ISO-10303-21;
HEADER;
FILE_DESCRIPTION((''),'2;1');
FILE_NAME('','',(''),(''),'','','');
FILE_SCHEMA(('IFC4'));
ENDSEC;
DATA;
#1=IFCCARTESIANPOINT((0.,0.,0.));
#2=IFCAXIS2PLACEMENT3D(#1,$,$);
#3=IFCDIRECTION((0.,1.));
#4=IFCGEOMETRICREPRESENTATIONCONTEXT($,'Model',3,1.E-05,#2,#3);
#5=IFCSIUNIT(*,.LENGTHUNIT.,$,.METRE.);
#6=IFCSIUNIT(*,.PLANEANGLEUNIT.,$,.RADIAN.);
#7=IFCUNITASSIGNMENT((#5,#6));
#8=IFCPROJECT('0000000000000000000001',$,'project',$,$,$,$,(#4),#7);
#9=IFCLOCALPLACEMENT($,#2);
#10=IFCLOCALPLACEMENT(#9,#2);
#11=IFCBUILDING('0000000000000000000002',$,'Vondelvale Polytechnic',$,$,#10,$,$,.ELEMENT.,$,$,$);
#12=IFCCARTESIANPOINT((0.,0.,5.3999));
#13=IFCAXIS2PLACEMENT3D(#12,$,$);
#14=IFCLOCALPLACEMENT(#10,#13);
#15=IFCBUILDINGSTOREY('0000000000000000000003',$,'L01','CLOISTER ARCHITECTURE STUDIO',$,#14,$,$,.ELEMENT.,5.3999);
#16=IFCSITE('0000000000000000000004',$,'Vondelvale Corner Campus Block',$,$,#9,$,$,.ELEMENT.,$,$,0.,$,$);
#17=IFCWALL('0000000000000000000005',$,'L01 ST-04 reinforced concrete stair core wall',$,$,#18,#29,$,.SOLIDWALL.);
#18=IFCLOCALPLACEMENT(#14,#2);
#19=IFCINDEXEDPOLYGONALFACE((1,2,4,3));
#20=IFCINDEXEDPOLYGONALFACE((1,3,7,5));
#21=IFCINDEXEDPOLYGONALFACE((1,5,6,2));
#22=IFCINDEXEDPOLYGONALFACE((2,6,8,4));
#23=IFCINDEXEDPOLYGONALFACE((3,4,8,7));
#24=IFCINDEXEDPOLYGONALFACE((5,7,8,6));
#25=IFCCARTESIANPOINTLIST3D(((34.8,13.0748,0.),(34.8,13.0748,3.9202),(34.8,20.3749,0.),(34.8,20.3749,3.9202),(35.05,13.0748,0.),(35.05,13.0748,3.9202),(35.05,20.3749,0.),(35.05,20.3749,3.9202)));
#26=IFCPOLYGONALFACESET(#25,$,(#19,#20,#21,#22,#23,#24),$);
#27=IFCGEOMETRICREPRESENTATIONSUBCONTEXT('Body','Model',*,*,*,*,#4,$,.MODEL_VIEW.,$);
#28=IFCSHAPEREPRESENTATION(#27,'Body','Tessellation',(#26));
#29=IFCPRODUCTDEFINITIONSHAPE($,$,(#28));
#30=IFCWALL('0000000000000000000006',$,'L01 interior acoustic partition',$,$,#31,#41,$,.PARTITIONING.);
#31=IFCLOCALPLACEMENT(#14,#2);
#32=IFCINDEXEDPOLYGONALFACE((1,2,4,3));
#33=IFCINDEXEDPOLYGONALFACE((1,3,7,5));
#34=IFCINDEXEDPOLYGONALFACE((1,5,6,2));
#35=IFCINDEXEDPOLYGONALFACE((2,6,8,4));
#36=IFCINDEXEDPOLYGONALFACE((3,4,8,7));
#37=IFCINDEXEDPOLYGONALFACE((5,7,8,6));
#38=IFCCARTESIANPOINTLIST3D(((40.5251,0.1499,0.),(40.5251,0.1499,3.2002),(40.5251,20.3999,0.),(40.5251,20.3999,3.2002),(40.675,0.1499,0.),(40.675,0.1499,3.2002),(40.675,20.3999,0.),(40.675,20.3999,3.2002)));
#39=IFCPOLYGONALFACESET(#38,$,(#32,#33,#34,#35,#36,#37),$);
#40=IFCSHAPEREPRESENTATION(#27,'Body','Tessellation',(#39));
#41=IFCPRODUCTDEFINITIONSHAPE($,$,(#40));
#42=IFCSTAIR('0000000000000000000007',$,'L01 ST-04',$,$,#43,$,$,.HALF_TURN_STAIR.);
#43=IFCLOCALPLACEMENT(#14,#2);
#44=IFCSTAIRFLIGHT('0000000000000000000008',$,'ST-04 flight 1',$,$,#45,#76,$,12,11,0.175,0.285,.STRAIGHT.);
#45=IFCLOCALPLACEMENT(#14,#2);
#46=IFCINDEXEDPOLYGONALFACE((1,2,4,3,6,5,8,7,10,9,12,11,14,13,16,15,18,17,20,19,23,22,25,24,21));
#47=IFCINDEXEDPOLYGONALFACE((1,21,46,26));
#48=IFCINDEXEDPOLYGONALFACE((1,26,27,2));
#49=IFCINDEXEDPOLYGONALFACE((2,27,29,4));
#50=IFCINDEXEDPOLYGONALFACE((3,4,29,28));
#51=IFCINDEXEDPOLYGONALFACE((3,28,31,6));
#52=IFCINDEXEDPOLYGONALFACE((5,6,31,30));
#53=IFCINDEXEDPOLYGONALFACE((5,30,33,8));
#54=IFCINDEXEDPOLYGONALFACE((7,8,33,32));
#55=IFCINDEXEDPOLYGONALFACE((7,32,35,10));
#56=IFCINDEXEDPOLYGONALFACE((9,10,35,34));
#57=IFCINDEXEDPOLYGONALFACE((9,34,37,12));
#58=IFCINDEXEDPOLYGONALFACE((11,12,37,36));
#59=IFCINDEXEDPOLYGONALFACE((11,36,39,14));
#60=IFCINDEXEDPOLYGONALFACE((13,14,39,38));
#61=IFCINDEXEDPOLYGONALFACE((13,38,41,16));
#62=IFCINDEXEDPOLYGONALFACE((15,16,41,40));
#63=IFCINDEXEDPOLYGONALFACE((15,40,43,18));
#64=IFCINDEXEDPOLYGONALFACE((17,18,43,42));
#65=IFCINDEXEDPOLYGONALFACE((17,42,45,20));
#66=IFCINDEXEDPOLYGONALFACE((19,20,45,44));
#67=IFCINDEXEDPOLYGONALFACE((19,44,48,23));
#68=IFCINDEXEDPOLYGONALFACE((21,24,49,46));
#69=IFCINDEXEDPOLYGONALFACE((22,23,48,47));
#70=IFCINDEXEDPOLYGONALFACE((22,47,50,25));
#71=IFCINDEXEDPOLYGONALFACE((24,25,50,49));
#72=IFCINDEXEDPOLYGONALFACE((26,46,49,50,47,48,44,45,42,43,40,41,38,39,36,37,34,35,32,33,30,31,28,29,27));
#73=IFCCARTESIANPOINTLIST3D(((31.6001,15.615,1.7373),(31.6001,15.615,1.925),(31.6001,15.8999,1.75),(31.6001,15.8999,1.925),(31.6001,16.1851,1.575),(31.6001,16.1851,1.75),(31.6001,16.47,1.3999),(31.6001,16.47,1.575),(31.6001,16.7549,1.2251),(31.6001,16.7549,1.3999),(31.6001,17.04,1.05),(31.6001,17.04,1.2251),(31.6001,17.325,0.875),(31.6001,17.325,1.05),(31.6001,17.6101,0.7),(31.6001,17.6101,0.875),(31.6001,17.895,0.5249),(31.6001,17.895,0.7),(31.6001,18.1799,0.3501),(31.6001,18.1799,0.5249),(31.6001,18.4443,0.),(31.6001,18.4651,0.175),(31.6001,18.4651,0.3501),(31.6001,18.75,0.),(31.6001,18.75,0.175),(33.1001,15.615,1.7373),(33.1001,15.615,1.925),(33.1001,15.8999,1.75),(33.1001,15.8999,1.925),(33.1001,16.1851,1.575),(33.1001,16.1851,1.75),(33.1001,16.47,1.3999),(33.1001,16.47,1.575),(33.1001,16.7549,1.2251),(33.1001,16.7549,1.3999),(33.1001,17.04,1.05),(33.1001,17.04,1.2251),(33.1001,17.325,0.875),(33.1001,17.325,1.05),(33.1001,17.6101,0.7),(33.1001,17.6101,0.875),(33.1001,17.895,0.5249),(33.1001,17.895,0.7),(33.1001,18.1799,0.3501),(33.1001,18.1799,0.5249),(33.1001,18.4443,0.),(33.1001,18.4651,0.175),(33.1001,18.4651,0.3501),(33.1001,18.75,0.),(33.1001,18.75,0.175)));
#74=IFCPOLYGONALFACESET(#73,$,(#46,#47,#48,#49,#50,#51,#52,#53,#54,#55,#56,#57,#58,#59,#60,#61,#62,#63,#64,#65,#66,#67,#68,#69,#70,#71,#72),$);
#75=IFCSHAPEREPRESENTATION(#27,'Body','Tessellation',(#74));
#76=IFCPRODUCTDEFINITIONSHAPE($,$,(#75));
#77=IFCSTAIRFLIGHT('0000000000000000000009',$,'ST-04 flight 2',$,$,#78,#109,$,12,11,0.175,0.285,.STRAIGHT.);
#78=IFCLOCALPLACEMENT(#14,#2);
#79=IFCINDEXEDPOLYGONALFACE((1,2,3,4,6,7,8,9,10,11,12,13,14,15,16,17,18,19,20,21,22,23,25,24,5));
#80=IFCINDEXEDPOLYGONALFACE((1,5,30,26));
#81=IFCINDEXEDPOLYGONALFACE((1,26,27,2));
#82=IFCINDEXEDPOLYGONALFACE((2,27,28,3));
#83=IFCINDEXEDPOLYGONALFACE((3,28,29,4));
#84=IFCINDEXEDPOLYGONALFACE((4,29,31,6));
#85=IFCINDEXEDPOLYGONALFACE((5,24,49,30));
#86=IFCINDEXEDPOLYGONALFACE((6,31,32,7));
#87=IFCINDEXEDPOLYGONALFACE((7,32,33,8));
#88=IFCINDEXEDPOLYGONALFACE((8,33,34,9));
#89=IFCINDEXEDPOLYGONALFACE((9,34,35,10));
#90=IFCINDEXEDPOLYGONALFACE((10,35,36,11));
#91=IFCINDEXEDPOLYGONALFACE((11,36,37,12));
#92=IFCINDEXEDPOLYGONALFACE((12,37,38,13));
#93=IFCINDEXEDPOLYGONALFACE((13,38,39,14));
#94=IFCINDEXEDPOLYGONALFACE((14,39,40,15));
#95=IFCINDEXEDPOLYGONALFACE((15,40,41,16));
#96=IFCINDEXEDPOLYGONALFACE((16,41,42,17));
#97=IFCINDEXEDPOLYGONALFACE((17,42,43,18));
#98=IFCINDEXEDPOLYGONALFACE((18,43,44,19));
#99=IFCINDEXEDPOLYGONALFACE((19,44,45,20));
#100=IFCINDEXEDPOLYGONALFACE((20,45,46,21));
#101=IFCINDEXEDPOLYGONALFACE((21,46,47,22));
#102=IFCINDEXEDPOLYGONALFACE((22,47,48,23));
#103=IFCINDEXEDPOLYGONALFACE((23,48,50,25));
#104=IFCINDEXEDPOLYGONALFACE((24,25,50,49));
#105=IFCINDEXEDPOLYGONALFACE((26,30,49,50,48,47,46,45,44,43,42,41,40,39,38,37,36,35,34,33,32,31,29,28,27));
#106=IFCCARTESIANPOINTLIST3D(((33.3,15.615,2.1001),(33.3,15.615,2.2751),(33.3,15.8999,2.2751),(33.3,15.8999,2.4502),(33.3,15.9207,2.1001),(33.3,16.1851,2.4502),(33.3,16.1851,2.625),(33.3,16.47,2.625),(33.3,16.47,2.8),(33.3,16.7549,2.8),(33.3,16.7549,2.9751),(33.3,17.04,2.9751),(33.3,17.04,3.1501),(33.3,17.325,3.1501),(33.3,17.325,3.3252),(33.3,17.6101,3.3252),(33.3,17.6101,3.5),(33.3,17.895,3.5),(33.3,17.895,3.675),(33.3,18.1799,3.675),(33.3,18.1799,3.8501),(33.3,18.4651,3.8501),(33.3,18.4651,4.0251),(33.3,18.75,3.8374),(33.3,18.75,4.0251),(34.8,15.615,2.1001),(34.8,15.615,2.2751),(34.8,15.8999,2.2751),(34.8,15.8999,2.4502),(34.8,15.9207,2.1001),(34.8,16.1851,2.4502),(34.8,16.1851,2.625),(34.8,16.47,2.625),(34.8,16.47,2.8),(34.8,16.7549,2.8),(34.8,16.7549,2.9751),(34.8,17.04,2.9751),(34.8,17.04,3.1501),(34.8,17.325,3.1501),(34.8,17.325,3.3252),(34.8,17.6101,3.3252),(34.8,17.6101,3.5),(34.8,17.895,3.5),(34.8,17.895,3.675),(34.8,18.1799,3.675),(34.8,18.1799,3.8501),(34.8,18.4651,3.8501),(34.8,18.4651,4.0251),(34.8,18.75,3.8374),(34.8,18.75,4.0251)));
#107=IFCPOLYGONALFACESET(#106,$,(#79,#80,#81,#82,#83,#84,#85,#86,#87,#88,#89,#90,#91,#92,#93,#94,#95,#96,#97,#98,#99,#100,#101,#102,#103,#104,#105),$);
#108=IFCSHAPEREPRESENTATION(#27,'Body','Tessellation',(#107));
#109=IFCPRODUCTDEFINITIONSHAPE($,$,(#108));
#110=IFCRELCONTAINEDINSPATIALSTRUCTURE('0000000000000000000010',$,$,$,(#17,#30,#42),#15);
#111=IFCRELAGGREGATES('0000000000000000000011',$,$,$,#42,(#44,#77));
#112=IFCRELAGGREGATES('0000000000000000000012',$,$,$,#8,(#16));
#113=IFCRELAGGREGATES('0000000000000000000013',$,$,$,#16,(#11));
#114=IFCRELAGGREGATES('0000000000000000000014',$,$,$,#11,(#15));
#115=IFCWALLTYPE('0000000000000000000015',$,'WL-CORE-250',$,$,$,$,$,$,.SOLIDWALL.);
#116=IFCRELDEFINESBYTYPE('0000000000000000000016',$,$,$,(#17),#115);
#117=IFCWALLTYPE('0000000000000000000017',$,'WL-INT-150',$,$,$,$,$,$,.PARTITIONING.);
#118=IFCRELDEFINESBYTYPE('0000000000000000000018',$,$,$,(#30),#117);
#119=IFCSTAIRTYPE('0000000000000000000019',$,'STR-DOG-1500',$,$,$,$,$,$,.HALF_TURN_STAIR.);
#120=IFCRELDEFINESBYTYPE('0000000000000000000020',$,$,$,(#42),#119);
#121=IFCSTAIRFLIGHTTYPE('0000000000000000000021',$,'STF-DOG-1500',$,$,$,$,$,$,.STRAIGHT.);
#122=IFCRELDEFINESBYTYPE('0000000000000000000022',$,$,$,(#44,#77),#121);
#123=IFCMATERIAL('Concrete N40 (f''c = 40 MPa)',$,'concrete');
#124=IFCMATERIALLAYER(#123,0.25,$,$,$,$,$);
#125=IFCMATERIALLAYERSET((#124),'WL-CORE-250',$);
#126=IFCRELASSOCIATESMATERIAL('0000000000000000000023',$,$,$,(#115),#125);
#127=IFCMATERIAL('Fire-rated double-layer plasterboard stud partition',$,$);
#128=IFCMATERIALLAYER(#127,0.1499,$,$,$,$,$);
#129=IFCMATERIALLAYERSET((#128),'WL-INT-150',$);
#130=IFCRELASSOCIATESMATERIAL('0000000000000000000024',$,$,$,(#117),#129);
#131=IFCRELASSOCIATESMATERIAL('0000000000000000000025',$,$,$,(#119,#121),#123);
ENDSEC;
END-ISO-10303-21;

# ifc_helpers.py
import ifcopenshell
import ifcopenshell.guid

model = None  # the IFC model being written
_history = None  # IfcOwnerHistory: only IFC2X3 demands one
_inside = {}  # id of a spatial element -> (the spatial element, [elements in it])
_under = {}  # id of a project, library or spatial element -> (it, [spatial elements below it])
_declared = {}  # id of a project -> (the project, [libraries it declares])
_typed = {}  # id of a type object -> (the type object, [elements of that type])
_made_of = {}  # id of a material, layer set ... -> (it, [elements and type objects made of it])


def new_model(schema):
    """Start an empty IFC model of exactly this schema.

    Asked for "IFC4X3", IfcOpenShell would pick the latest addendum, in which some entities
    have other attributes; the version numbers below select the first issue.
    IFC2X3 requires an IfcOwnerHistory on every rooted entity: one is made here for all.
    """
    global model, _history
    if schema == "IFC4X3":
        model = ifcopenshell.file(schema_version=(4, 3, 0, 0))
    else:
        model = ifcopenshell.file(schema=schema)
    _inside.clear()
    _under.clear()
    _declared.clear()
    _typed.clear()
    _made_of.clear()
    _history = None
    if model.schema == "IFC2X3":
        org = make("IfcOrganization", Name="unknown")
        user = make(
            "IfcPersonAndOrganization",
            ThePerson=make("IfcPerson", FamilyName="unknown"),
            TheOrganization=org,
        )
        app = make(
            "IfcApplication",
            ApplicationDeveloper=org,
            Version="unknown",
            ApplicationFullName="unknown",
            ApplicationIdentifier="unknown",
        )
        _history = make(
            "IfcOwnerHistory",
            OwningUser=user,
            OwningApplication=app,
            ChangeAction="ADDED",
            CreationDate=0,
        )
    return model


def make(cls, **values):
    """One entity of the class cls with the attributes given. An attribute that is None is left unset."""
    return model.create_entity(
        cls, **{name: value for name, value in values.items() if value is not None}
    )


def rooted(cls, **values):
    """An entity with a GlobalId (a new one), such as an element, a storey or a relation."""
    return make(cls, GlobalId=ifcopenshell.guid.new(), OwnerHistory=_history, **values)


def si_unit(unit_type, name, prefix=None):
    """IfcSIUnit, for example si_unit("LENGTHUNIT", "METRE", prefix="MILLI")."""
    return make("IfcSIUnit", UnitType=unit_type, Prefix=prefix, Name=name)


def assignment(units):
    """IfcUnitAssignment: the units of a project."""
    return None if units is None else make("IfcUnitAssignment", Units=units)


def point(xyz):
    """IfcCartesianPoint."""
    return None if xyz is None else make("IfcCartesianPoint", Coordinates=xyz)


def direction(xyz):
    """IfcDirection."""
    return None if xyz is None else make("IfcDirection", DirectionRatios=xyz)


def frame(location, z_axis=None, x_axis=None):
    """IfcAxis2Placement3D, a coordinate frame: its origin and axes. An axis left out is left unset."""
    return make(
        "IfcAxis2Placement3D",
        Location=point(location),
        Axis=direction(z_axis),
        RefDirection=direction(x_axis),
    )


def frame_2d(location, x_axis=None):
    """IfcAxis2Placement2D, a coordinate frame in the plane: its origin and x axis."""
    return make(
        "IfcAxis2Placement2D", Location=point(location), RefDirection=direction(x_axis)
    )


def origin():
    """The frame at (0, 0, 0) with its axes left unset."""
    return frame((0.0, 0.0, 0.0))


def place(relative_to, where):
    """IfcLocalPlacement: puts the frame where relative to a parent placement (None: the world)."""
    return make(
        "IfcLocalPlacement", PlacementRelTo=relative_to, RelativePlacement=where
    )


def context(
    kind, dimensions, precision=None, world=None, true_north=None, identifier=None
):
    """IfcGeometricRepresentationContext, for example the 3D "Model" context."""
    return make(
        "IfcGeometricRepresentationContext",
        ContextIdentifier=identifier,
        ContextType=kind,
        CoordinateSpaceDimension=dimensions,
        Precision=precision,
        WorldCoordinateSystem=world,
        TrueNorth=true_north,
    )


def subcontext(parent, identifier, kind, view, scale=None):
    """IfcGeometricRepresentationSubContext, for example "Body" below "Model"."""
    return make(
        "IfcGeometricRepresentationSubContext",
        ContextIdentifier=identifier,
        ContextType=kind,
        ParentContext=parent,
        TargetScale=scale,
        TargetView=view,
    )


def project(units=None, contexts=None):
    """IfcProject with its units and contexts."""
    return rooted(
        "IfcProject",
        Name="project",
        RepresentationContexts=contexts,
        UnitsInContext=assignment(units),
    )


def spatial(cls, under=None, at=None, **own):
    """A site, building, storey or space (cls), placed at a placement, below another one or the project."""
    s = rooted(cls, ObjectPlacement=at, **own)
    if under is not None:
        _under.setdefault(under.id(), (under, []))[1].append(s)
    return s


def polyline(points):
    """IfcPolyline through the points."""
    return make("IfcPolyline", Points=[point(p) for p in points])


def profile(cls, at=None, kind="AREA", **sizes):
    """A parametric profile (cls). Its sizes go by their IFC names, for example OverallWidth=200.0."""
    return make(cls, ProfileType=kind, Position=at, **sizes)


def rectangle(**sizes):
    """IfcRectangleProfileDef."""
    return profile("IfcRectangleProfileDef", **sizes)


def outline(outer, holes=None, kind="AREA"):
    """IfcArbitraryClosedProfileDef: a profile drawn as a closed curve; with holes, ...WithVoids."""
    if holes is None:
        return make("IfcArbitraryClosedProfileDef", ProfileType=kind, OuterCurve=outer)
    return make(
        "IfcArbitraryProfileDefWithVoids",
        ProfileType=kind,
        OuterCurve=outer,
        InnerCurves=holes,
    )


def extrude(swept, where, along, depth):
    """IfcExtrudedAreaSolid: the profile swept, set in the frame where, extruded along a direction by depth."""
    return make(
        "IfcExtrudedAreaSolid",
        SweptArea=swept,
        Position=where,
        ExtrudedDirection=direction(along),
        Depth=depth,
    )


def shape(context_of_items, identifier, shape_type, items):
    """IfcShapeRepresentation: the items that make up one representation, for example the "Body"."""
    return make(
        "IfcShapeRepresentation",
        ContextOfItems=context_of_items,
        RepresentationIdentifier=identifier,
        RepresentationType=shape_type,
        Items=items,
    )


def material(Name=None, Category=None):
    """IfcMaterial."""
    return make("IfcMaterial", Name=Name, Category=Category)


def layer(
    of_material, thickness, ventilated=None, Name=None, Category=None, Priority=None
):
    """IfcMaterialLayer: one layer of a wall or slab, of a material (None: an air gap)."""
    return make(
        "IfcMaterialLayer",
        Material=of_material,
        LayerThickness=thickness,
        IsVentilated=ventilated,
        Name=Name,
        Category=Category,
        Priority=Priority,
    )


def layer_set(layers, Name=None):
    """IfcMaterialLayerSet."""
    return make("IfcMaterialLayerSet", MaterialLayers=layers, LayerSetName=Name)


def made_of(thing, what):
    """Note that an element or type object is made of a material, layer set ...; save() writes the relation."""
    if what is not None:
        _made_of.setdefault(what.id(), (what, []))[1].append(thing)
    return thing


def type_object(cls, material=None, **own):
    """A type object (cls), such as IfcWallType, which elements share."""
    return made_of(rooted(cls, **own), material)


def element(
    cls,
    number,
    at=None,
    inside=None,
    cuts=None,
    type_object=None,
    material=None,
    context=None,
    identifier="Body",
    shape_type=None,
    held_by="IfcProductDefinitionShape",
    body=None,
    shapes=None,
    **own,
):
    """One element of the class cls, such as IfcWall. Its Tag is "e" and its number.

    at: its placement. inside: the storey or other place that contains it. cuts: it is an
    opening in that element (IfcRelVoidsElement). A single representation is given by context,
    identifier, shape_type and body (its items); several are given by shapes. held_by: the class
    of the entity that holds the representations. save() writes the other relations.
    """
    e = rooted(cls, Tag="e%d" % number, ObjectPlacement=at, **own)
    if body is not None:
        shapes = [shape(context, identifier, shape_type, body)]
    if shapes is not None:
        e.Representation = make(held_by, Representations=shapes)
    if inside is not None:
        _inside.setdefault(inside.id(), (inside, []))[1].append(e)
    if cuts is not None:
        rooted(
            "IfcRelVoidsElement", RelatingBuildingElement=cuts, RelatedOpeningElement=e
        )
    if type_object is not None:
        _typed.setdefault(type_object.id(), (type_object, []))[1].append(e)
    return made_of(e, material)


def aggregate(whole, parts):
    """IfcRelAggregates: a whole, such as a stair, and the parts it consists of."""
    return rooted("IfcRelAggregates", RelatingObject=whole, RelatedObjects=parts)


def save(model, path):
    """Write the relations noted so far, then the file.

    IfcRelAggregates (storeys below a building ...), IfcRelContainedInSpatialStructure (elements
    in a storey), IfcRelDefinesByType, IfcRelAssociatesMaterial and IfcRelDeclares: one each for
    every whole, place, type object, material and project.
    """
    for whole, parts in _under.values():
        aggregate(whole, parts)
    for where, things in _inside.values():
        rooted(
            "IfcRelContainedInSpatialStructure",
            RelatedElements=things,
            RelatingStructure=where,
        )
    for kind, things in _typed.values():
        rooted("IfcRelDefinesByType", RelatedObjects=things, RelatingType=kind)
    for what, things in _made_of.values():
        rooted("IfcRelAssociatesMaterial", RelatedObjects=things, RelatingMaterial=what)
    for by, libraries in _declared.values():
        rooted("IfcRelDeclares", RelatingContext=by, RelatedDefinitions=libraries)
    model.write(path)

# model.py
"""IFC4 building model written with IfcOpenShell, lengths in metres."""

from ifc_helpers import new_model, si_unit, direction, frame, frame_2d, origin, place, context, subcontext, project, spatial, polyline, rectangle, outline, extrude, material, layer, layer_set, type_object, element, aggregate, save


model = new_model("IFC4")

# Units and contexts
model_context = context("Model", 3, precision=1e-05, world=origin(), true_north=direction((0.0, 1.0)))
body_context = subcontext(model_context, "Body", "Model", "MODEL_VIEW")
ifc_project = project(units=[si_unit("LENGTHUNIT", "METRE"), si_unit("PLANEANGLEUNIT", "RADIAN")], contexts=[model_context])

# Site, building, storey
site_placement = place(None, origin())
site = spatial("IfcSite", under=ifc_project, at=site_placement, Name="Vondelvale Corner Campus Block", CompositionType="ELEMENT", RefElevation=0.0)
building_placement = place(site_placement, origin())
building = spatial("IfcBuilding", under=site, at=building_placement, Name="Vondelvale Polytechnic", CompositionType="ELEMENT")
storey_placement = place(building_placement, frame((0.0, 0.0, 5.3999)))
storey = spatial("IfcBuildingStorey", under=building, at=storey_placement, Name="L01", Description="CLOISTER ARCHITECTURE STUDIO", CompositionType="ELEMENT", Elevation=5.3999)

# Shared definitions
ifc_material_1 = material(Name="Concrete N40 (f'c = 40 MPa)", Category="concrete")

# Walls
ifc_layer_1 = layer(ifc_material_1, 0.25)
ifc_layer_set_1 = layer_set([ifc_layer_1], Name="WL-CORE-250")
wall_type_1 = type_object("IfcWallType", Name="WL-CORE-250", PredefinedType="SOLIDWALL", material=ifc_layer_set_1)
wall_1_placement = place(storey_placement, frame((34.925, 13.075, 0.0), z_axis=(0.0, 0.0, 1.0), x_axis=(0.0, 1.0, 0.0)))
element("IfcWall", 1, at=wall_1_placement, inside=storey, type_object=wall_type_1, Name="L01 ST-04 reinforced concrete stair core wall", PredefinedType="SOLIDWALL", context=body_context, shape_type="SweptSolid", body=[
    extrude(rectangle(XDim=7.3, YDim=0.25, at=frame_2d((3.6499, 0.0))), origin(), (0.0, 0.0, 1.0), 3.9202),
])
ifc_material_2 = material(Name="Fire-rated double-layer plasterboard stud partition")
ifc_layer_2 = layer(ifc_material_2, 0.1499)
ifc_layer_set_2 = layer_set([ifc_layer_2], Name="WL-INT-150")
wall_type_2 = type_object("IfcWallType", Name="WL-INT-150", PredefinedType="PARTITIONING", material=ifc_layer_set_2)
wall_2_placement = place(storey_placement, frame((40.6001, 0.1499, 0.0), z_axis=(0.0, 0.0, 1.0), x_axis=(0.0, 1.0, 0.0)))
element("IfcWall", 2, at=wall_2_placement, inside=storey, type_object=wall_type_2, Name="L01 interior acoustic partition", PredefinedType="PARTITIONING", context=body_context, shape_type="SweptSolid", body=[
    extrude(rectangle(XDim=20.25, YDim=0.1499, at=frame_2d((10.125, 0.0))), origin(), (0.0, 0.0, 1.0), 3.2002),
])

# Stair, stair flights
stair_type = type_object("IfcStairType", Name="STR-DOG-1500", PredefinedType="HALF_TURN_STAIR", material=ifc_material_1)
stair_placement = place(storey_placement, origin())
stair = element("IfcStair", 3, at=stair_placement, inside=storey, type_object=stair_type, Name="L01 ST-04", PredefinedType="HALF_TURN_STAIR")
stair_flight_type = type_object("IfcStairFlightType", Name="STF-DOG-1500", PredefinedType="STRAIGHT", material=ifc_material_1)
stair_flight_1_placement = place(storey_placement, frame((32.3501, 18.75, 0.0), z_axis=(0.0, 0.0, 1.0), x_axis=(0.0, -1.0, 0.0)))
stair_flight_1 = element("IfcStairFlight", 4, at=stair_flight_1_placement, type_object=stair_flight_type, Name="ST-04 flight 1", NumberOfRisers=12, NumberOfTreads=11, PredefinedType="STRAIGHT", RiserHeight=0.175, TreadLength=0.285, context=body_context, shape_type="SweptSolid", body=[
    extrude(outline(polyline([(0.0, 0.0), (0.0, 0.175), (0.2849, 0.175), (0.2849, 0.3501), (0.5701, 0.3501), (0.5701, 0.5249), (0.855, 0.5249), (0.855, 0.7), (1.1399, 0.7), (1.1399, 0.875), (1.425, 0.875), (1.425, 1.05), (1.71, 1.05), (1.71, 1.2251), (1.9951, 1.2251), (1.9951, 1.3999), (2.28, 1.3999), (2.28, 1.575), (2.5649, 1.575), (2.5649, 1.75), (2.8501, 1.75), (2.8501, 1.925), (3.135, 1.925), (3.135, 2.1001), (3.135, 1.7373), (0.3057, 0.0), (0.0, 0.0)])), frame((0.0, 0.75, 0.0), z_axis=(0.0, -1.0, 0.0), x_axis=(1.0, 0.0, 0.0)), (0.0, 0.0, 1.0), 1.5),
])
stair_flight_2_placement = place(storey_placement, frame((34.05, 15.615, 2.1001), z_axis=(0.0, 0.0, 1.0), x_axis=(0.0, 1.0, 0.0)))
stair_flight_2 = element("IfcStairFlight", 5, at=stair_flight_2_placement, type_object=stair_flight_type, Name="ST-04 flight 2", NumberOfRisers=12, NumberOfTreads=11, PredefinedType="STRAIGHT", RiserHeight=0.175, TreadLength=0.285, context=body_context, shape_type="SweptSolid", body=[
    extrude(outline(polyline([(0.0, 0.0), (0.0, 0.175), (0.2849, 0.175), (0.2849, 0.3501), (0.5701, 0.3501), (0.5701, 0.5249), (0.855, 0.5249), (0.855, 0.7), (1.1399, 0.7), (1.1399, 0.875), (1.425, 0.875), (1.425, 1.05), (1.71, 1.05), (1.71, 1.2251), (1.9951, 1.2251), (1.9951, 1.3999), (2.28, 1.3999), (2.28, 1.575), (2.5649, 1.575), (2.5649, 1.75), (2.8501, 1.75), (2.8501, 1.925), (3.135, 1.925), (3.135, 2.1001), (3.135, 1.7373), (0.3057, 0.0), (0.0, 0.0)])), frame((0.0, 0.75, 0.0), z_axis=(0.0, -1.0, 0.0), x_axis=(1.0, 0.0, 0.0)), (0.0, 0.0, 1.0), 1.5),
])
aggregate(stair, [stair_flight_1, stair_flight_2])

save(model, "model.ifc")
